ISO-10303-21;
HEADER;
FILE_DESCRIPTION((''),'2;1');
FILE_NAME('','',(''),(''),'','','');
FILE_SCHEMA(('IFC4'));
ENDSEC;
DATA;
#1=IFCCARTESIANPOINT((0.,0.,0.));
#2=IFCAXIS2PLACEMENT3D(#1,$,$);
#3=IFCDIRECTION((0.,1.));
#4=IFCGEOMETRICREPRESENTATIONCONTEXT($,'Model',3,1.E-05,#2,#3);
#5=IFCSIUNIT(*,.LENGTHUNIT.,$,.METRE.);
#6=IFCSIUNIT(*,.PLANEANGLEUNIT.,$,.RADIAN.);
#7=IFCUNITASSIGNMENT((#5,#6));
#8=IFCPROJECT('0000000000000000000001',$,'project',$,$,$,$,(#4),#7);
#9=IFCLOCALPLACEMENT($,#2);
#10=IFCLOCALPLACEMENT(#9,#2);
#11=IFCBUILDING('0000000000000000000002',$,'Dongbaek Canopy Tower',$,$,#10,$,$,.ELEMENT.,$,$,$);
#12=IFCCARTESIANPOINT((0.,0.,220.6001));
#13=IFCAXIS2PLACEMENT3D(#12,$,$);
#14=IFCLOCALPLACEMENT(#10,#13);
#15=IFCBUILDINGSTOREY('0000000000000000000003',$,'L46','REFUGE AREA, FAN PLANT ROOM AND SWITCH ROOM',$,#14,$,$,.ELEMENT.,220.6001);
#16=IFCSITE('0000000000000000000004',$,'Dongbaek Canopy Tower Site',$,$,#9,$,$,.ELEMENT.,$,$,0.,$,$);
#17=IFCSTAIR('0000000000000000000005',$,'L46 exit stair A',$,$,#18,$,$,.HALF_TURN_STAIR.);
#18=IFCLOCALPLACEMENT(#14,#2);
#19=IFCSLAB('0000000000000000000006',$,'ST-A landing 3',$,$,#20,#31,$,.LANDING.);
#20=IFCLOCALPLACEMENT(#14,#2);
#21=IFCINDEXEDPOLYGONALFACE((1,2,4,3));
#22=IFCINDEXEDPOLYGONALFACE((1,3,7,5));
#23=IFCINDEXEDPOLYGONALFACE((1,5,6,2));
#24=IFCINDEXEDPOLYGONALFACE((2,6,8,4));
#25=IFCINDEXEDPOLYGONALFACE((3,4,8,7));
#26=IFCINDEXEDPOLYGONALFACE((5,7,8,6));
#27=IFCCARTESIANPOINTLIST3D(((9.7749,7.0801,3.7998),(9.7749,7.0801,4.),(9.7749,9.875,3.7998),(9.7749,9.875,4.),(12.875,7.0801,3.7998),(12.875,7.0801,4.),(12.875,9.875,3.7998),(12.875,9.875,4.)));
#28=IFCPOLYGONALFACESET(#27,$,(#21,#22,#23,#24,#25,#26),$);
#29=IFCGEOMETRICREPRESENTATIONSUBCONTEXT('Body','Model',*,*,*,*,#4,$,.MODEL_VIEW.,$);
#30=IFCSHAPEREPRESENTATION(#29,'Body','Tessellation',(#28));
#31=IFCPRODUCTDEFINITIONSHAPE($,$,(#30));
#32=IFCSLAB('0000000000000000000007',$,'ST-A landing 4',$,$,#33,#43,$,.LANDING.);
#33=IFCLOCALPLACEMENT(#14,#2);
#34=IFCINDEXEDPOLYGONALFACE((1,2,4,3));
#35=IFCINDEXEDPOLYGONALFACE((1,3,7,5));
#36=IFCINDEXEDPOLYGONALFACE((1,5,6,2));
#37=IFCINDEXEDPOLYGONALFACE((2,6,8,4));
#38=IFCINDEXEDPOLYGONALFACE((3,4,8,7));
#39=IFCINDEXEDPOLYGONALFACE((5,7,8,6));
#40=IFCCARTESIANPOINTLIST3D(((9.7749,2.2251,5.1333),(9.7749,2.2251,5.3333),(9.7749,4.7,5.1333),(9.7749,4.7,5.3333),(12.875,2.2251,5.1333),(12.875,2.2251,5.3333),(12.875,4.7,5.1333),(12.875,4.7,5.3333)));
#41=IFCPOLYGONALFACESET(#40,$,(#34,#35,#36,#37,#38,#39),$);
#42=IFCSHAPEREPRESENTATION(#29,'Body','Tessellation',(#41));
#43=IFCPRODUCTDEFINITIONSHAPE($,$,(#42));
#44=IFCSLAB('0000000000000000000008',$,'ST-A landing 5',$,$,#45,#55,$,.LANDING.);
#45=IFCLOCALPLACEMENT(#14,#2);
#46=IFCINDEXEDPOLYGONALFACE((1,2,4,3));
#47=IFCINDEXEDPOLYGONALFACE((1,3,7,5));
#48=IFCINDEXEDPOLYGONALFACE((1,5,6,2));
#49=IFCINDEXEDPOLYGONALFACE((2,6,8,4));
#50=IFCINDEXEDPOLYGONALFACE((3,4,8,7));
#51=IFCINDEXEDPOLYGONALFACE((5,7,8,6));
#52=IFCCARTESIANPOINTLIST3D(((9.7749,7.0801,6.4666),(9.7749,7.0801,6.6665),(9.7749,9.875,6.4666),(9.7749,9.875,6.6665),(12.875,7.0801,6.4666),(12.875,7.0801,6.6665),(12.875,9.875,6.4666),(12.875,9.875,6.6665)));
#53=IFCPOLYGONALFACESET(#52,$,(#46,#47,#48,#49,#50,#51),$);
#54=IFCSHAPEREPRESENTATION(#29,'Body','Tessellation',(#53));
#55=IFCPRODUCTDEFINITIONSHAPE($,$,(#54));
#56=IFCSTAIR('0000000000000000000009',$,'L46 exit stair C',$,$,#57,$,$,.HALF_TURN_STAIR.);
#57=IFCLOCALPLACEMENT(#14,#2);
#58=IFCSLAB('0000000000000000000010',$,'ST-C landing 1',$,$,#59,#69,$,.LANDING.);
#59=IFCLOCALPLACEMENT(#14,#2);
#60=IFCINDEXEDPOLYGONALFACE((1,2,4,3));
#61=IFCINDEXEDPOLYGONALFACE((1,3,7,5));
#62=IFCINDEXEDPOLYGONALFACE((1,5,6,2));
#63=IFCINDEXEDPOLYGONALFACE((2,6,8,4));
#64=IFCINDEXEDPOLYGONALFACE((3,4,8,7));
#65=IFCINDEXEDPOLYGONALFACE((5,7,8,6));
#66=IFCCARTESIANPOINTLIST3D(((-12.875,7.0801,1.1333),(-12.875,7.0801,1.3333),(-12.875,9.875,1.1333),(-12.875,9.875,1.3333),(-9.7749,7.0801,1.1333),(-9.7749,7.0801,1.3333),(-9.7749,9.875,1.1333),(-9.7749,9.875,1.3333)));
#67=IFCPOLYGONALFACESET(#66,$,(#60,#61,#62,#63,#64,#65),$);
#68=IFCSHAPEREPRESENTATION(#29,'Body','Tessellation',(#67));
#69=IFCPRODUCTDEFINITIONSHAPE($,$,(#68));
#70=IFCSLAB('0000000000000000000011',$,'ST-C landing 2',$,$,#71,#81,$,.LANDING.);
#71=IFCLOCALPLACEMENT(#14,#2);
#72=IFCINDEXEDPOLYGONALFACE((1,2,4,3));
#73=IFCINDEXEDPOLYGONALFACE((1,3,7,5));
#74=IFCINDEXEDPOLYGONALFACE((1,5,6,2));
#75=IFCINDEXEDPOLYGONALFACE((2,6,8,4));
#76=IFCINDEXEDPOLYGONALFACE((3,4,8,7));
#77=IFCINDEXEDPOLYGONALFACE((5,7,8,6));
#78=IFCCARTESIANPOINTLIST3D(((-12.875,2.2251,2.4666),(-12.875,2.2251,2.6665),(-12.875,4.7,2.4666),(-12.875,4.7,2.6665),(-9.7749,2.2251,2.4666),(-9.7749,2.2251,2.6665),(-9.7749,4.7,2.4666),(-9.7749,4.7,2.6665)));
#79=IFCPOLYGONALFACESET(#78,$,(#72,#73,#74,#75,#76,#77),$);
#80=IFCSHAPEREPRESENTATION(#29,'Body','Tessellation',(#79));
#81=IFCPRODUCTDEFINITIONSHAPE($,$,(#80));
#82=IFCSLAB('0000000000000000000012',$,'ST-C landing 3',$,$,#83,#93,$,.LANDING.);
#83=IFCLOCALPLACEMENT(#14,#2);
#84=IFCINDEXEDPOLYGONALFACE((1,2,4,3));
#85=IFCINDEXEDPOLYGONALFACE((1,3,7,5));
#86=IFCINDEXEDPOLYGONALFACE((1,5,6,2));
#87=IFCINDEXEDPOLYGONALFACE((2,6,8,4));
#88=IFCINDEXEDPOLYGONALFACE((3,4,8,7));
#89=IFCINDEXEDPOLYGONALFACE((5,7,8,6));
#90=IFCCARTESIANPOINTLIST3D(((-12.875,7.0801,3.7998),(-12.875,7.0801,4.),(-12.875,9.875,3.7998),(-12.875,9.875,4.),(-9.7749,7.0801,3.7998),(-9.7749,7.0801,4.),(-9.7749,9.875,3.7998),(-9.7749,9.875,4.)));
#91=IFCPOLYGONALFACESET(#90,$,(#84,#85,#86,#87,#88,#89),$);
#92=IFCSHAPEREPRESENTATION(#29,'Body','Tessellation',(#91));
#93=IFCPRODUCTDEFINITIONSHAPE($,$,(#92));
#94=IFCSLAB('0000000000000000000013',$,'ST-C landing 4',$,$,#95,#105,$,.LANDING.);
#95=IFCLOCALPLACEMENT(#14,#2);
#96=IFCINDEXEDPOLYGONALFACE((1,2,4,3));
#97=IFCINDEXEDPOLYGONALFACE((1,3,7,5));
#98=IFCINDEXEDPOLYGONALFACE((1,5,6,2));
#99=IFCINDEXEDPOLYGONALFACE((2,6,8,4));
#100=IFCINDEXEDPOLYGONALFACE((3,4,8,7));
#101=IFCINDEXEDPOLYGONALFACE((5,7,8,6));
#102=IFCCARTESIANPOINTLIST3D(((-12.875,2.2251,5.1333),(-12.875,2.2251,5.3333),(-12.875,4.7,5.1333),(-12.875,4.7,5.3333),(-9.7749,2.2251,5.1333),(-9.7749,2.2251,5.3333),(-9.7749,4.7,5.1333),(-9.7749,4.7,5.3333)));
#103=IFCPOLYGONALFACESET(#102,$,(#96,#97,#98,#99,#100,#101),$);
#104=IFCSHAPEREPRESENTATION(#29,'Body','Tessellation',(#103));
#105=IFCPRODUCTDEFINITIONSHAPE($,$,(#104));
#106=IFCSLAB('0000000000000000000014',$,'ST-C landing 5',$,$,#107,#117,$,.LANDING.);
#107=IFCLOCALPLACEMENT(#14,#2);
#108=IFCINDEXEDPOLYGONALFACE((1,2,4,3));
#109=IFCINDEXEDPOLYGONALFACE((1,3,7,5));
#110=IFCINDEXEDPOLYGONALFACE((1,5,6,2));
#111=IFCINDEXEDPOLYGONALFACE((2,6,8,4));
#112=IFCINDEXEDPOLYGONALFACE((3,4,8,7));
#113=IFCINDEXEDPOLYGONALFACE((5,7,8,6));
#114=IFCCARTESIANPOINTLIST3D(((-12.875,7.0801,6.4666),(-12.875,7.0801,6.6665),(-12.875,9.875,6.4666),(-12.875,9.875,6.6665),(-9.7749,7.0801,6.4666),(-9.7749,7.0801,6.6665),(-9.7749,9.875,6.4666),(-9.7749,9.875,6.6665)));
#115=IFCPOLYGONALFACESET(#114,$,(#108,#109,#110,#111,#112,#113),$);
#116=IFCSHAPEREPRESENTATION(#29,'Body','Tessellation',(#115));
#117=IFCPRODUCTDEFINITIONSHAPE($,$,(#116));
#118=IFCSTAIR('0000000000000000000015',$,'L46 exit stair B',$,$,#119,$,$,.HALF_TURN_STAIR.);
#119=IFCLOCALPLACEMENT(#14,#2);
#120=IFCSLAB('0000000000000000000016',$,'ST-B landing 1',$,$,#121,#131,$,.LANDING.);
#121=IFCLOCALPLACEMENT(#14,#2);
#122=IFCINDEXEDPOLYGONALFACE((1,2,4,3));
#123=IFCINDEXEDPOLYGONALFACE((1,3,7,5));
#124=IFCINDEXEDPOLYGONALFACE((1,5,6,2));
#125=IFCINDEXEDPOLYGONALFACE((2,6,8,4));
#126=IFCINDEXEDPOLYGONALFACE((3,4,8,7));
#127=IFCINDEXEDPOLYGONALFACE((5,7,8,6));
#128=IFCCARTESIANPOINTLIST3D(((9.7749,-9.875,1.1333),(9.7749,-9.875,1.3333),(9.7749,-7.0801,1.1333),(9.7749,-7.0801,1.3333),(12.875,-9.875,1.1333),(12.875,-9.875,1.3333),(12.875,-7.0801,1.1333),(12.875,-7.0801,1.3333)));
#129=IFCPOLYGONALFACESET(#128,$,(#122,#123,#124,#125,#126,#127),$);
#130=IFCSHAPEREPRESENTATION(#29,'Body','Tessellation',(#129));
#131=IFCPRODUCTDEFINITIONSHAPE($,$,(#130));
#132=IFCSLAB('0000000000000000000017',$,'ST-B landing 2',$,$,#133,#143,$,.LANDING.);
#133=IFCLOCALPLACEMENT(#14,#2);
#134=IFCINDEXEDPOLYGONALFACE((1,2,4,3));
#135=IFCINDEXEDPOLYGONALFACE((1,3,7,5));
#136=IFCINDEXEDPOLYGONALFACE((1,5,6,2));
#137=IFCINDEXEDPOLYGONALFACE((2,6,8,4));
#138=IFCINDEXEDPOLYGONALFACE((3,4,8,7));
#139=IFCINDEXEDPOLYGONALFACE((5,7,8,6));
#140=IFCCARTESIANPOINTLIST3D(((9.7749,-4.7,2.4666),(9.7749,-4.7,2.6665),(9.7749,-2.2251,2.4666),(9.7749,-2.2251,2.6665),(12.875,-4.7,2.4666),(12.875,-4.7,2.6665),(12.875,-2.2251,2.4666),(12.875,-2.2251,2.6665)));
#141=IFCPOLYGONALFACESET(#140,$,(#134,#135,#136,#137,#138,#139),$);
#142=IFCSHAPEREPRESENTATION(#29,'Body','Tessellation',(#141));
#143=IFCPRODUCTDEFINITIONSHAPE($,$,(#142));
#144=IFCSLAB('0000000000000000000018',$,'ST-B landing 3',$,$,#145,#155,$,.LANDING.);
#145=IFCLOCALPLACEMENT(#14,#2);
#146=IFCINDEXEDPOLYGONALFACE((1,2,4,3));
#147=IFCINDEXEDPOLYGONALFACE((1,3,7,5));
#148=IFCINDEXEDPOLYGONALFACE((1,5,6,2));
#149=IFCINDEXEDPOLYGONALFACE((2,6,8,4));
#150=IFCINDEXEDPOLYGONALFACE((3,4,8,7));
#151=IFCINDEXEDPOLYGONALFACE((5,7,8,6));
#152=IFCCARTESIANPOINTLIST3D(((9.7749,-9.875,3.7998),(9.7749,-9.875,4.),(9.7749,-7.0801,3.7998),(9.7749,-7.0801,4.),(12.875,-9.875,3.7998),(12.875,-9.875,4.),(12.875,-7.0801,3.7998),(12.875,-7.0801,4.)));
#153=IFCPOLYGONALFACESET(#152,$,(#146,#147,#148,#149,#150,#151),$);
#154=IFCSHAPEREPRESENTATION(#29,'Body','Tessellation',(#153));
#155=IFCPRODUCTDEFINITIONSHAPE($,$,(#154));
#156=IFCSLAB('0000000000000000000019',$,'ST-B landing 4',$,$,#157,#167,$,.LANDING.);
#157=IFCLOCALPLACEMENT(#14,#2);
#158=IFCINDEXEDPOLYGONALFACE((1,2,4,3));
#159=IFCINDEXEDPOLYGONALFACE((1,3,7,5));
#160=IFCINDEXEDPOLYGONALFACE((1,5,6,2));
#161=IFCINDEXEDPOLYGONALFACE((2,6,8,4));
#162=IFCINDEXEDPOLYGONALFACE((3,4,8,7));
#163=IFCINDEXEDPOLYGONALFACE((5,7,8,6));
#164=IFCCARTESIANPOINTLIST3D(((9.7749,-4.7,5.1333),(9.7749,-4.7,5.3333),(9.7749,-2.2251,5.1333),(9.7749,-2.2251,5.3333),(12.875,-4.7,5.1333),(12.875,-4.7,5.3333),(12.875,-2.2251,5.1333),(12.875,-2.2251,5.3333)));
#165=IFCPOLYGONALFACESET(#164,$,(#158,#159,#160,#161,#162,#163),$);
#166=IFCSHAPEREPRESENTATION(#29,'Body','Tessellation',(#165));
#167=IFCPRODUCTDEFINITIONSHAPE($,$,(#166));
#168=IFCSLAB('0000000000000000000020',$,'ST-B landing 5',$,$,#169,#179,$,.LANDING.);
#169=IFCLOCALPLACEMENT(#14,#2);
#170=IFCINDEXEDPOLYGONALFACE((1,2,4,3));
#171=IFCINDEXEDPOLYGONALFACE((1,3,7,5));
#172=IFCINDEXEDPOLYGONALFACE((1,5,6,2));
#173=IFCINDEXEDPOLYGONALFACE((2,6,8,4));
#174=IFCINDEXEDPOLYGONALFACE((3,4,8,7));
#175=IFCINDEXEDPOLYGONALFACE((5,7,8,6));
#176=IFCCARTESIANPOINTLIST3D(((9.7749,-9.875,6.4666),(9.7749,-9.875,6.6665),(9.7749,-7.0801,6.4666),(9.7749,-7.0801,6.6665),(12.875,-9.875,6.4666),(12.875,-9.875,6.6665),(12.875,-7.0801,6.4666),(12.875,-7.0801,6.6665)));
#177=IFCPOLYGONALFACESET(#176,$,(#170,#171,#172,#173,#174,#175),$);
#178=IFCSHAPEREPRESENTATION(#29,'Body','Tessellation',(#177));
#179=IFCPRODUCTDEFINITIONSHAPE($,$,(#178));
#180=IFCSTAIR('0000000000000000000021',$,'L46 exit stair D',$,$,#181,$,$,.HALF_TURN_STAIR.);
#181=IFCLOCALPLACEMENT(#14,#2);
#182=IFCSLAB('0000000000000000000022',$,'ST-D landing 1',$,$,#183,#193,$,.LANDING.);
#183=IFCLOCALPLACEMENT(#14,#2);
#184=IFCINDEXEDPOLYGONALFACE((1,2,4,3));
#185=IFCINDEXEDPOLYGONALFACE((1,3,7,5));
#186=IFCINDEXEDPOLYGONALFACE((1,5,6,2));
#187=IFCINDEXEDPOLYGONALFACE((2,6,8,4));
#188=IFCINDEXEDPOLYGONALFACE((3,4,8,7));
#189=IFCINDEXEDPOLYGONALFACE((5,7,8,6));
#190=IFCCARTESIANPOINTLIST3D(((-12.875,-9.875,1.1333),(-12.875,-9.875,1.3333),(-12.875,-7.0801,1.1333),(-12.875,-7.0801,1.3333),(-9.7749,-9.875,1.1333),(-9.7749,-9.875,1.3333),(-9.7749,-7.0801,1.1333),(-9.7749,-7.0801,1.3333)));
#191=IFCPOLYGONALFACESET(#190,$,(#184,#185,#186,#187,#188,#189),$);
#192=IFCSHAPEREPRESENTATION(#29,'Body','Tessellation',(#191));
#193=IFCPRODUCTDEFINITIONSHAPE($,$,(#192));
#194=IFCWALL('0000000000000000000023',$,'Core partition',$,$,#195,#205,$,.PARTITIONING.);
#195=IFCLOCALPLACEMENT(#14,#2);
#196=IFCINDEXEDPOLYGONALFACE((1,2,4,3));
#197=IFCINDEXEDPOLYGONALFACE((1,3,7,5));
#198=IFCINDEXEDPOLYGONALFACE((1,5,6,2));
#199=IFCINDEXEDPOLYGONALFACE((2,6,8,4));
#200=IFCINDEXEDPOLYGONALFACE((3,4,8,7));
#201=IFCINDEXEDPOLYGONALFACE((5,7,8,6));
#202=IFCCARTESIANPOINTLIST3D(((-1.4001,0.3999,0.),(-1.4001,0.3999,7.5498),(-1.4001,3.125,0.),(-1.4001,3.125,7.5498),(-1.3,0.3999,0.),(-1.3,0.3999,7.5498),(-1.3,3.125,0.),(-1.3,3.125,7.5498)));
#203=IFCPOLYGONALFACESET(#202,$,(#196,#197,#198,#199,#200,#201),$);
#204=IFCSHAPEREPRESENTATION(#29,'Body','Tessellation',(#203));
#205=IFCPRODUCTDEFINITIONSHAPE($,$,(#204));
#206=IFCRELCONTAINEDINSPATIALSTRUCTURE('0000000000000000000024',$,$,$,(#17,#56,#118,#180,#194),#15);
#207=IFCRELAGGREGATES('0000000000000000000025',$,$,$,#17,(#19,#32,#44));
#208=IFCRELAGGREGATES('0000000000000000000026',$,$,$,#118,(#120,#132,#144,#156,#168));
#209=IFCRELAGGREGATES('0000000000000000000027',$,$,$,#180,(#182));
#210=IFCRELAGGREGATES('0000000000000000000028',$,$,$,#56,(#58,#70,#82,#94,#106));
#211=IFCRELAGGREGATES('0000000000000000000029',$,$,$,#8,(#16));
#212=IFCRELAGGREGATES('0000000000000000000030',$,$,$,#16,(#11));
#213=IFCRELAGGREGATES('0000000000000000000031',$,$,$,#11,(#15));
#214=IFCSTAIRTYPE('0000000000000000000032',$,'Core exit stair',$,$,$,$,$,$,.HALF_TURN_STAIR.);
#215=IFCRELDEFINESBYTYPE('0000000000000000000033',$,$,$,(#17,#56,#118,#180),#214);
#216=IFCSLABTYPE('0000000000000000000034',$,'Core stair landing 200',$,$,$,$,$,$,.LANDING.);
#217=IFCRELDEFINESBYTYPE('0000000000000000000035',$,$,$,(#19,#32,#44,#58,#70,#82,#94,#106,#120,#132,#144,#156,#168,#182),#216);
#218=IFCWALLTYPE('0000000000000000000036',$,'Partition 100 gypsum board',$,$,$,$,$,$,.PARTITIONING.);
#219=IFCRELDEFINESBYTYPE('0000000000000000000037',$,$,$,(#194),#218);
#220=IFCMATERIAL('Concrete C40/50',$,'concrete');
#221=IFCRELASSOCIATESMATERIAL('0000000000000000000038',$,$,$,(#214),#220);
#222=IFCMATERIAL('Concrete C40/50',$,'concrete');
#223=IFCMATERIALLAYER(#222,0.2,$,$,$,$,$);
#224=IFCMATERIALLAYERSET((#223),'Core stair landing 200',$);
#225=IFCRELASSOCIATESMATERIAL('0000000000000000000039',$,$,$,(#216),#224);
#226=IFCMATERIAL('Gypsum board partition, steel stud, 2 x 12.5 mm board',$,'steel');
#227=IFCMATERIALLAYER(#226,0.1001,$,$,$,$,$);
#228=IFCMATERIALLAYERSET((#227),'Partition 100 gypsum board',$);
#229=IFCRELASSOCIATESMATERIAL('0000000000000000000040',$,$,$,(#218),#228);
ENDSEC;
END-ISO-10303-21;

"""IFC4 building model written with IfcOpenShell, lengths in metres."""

from ifc_helpers import new_model, si_unit, direction, frame, frame_2d, origin, place, context, subcontext, project, spatial, polyline, rectangle, outline, extrude, material, layer, layer_set, type_object, element, aggregate, save


model = new_model("IFC4")

# Units and contexts
model_context = context("Model", 3, precision=1e-05, world=origin(), true_north=direction((0.0, 1.0)))
body_context = subcontext(model_context, "Body", "Model", "MODEL_VIEW")
ifc_project = project(units=[si_unit("LENGTHUNIT", "METRE"), si_unit("PLANEANGLEUNIT", "RADIAN")], contexts=[model_context])

# Site, building, storey
site_placement = place(None, origin())
site = spatial("IfcSite", under=ifc_project, at=site_placement, Name="Dongbaek Canopy Tower Site", CompositionType="ELEMENT", RefElevation=0.0)
building_placement = place(site_placement, origin())
building = spatial("IfcBuilding", under=site, at=building_placement, Name="Dongbaek Canopy Tower", CompositionType="ELEMENT")
storey_placement = place(building_placement, frame((0.0, 0.0, 220.6001)))
storey = spatial("IfcBuildingStorey", under=building, at=storey_placement, Name="L46", Description="REFUGE AREA, FAN PLANT ROOM AND SWITCH ROOM", CompositionType="ELEMENT", Elevation=220.6001)

# Stairs, slabs
ifc_material_1 = material(Name="Concrete C40/50", Category="concrete")
stair_type = type_object("IfcStairType", Name="Core exit stair", PredefinedType="HALF_TURN_STAIR", material=ifc_material_1)
stair_1_placement = place(storey_placement, origin())
stair_1 = element("IfcStair", 1, at=stair_1_placement, inside=storey, type_object=stair_type, Name="L46 exit stair A", PredefinedType="HALF_TURN_STAIR")
ifc_material_2 = material(Name="Concrete C40/50", Category="concrete")
ifc_layer_1 = layer(ifc_material_2, 0.2)
ifc_layer_set_1 = layer_set([ifc_layer_1], Name="Core stair landing 200")
slab_type = type_object("IfcSlabType", Name="Core stair landing 200", PredefinedType="LANDING", material=ifc_layer_set_1)
slab_1_placement = place(storey_placement, frame((0.0, 0.0, 3.7998)))
slab_1 = element("IfcSlab", 2, at=slab_1_placement, type_object=slab_type, Name="ST-A landing 3", PredefinedType="LANDING", context=body_context, shape_type="SweptSolid", body=[
    extrude(outline(polyline([(12.875, 7.0801), (12.875, 9.875), (9.7749, 9.875), (9.7749, 7.0801), (12.875, 7.0801)])), origin(), (0.0, 0.0, 1.0), 0.2002),
])
slab_2_placement = place(storey_placement, frame((0.0, 0.0, 5.1333)))
slab_2 = element("IfcSlab", 3, at=slab_2_placement, type_object=slab_type, Name="ST-A landing 4", PredefinedType="LANDING", context=body_context, shape_type="SweptSolid", body=[
    extrude(outline(polyline([(12.875, 2.2251), (12.875, 4.7), (9.7749, 4.7), (9.7749, 2.2251), (12.875, 2.2251)])), origin(), (0.0, 0.0, 1.0), 0.2),
])
slab_3_placement = place(storey_placement, frame((0.0, 0.0, 6.4666)))
slab_3 = element("IfcSlab", 4, at=slab_3_placement, type_object=slab_type, Name="ST-A landing 5", PredefinedType="LANDING", context=body_context, shape_type="SweptSolid", body=[
    extrude(outline(polyline([(12.875, 7.0801), (12.875, 9.875), (9.7749, 9.875), (9.7749, 7.0801), (12.875, 7.0801)])), origin(), (0.0, 0.0, 1.0), 0.2),
])
aggregate(stair_1, [slab_1, slab_2, slab_3])
stair_2_placement = place(storey_placement, origin())
stair_2 = element("IfcStair", 5, at=stair_2_placement, inside=storey, type_object=stair_type, Name="L46 exit stair C", PredefinedType="HALF_TURN_STAIR")
slab_4_placement = place(storey_placement, frame((0.0, 0.0, 1.1333)))
slab_4 = element("IfcSlab", 6, at=slab_4_placement, type_object=slab_type, Name="ST-C landing 1", PredefinedType="LANDING", context=body_context, shape_type="SweptSolid", body=[
    extrude(outline(polyline([(-9.7749, 7.0801), (-9.7749, 9.875), (-12.875, 9.875), (-12.875, 7.0801), (-9.7749, 7.0801)])), origin(), (0.0, 0.0, 1.0), 0.2),
])
slab_5_placement = place(storey_placement, frame((0.0, 0.0, 2.4666)))
slab_5 = element("IfcSlab", 7, at=slab_5_placement, type_object=slab_type, Name="ST-C landing 2", PredefinedType="LANDING", context=body_context, shape_type="SweptSolid", body=[
    extrude(outline(polyline([(-9.7749, 2.2251), (-9.7749, 4.7), (-12.875, 4.7), (-12.875, 2.2251), (-9.7749, 2.2251)])), origin(), (0.0, 0.0, 1.0), 0.2),
])
slab_6_placement = place(storey_placement, frame((0.0, 0.0, 3.7998)))
slab_6 = element("IfcSlab", 8, at=slab_6_placement, type_object=slab_type, Name="ST-C landing 3", PredefinedType="LANDING", context=body_context, shape_type="SweptSolid", body=[
    extrude(outline(polyline([(-9.7749, 7.0801), (-9.7749, 9.875), (-12.875, 9.875), (-12.875, 7.0801), (-9.7749, 7.0801)])), origin(), (0.0, 0.0, 1.0), 0.2002),
])
slab_7_placement = place(storey_placement, frame((0.0, 0.0, 5.1333)))
slab_7 = element("IfcSlab", 9, at=slab_7_placement, type_object=slab_type, Name="ST-C landing 4", PredefinedType="LANDING", context=body_context, shape_type="SweptSolid", body=[
    extrude(outline(polyline([(-9.7749, 2.2251), (-9.7749, 4.7), (-12.875, 4.7), (-12.875, 2.2251), (-9.7749, 2.2251)])), origin(), (0.0, 0.0, 1.0), 0.2),
])
slab_8_placement = place(storey_placement, frame((0.0, 0.0, 6.4666)))
slab_8 = element("IfcSlab", 10, at=slab_8_placement, type_object=slab_type, Name="ST-C landing 5", PredefinedType="LANDING", context=body_context, shape_type="SweptSolid", body=[
    extrude(outline(polyline([(-9.7749, 7.0801), (-9.7749, 9.875), (-12.875, 9.875), (-12.875, 7.0801), (-9.7749, 7.0801)])), origin(), (0.0, 0.0, 1.0), 0.2),
])
stair_3_placement = place(storey_placement, origin())
stair_3 = element("IfcStair", 11, at=stair_3_placement, inside=storey, type_object=stair_type, Name="L46 exit stair B", PredefinedType="HALF_TURN_STAIR")
slab_9_placement = place(storey_placement, frame((0.0, 0.0, 1.1333)))
slab_9 = element("IfcSlab", 12, at=slab_9_placement, type_object=slab_type, Name="ST-B landing 1", PredefinedType="LANDING", context=body_context, shape_type="SweptSolid", body=[
    extrude(outline(polyline([(9.7749, -7.0801), (9.7749, -9.875), (12.875, -9.875), (12.875, -7.0801), (9.7749, -7.0801)])), origin(), (0.0, 0.0, 1.0), 0.2),
])
slab_10_placement = place(storey_placement, frame((0.0, 0.0, 2.4666)))
slab_10 = element("IfcSlab", 13, at=slab_10_placement, type_object=slab_type, Name="ST-B landing 2", PredefinedType="LANDING", context=body_context, shape_type="SweptSolid", body=[
    extrude(outline(polyline([(9.7749, -2.2251), (9.7749, -4.7), (12.875, -4.7), (12.875, -2.2251), (9.7749, -2.2251)])), origin(), (0.0, 0.0, 1.0), 0.2),
])
slab_11_placement = place(storey_placement, frame((0.0, 0.0, 3.7998)))
slab_11 = element("IfcSlab", 14, at=slab_11_placement, type_object=slab_type, Name="ST-B landing 3", PredefinedType="LANDING", context=body_context, shape_type="SweptSolid", body=[
    extrude(outline(polyline([(9.7749, -7.0801), (9.7749, -9.875), (12.875, -9.875), (12.875, -7.0801), (9.7749, -7.0801)])), origin(), (0.0, 0.0, 1.0), 0.2002),
])
slab_12_placement = place(storey_placement, frame((0.0, 0.0, 5.1333)))
slab_12 = element("IfcSlab", 15, at=slab_12_placement, type_object=slab_type, Name="ST-B landing 4", PredefinedType="LANDING", context=body_context, shape_type="SweptSolid", body=[
    extrude(outline(polyline([(9.7749, -2.2251), (9.7749, -4.7), (12.875, -4.7), (12.875, -2.2251), (9.7749, -2.2251)])), origin(), (0.0, 0.0, 1.0), 0.2),
])
slab_13_placement = place(storey_placement, frame((0.0, 0.0, 6.4666)))
slab_13 = element("IfcSlab", 16, at=slab_13_placement, type_object=slab_type, Name="ST-B landing 5", PredefinedType="LANDING", context=body_context, shape_type="SweptSolid", body=[
    extrude(outline(polyline([(9.7749, -7.0801), (9.7749, -9.875), (12.875, -9.875), (12.875, -7.0801), (9.7749, -7.0801)])), origin(), (0.0, 0.0, 1.0), 0.2),
])
aggregate(stair_3, [slab_9, slab_10, slab_11, slab_12, slab_13])

# Stair, slab
stair_4_placement = place(storey_placement, origin())
stair_4 = element("IfcStair", 17, at=stair_4_placement, inside=storey, type_object=stair_type, Name="L46 exit stair D", PredefinedType="HALF_TURN_STAIR")
slab_14_placement = place(storey_placement, frame((0.0, 0.0, 1.1333)))
slab_14 = element("IfcSlab", 18, at=slab_14_placement, type_object=slab_type, Name="ST-D landing 1", PredefinedType="LANDING", context=body_context, shape_type="SweptSolid", body=[
    extrude(outline(polyline([(-12.875, -7.0801), (-12.875, -9.875), (-9.7749, -9.875), (-9.7749, -7.0801), (-12.875, -7.0801)])), origin(), (0.0, 0.0, 1.0), 0.2),
])
aggregate(stair_4, [slab_14])

# Wall
ifc_material_3 = material(Name="Gypsum board partition, steel stud, 2 x 12.5 mm board", Category="steel")
ifc_layer_2 = layer(ifc_material_3, 0.1001)
ifc_layer_set_2 = layer_set([ifc_layer_2], Name="Partition 100 gypsum board")
wall_type_1 = type_object("IfcWallType", Name="Partition 100 gypsum board", PredefinedType="PARTITIONING", material=ifc_layer_set_2)
wall_1_placement = place(storey_placement, frame((-1.3501, 0.3999, 0.0), z_axis=(0.0, 0.0, 1.0), x_axis=(0.0, 1.0, 0.0)))
element("IfcWall", 19, at=wall_1_placement, inside=storey, type_object=wall_type_1, Name="Core partition", PredefinedType="PARTITIONING", context=body_context, shape_type="SweptSolid", body=[
    extrude(rectangle(XDim=2.7251, YDim=0.1001, at=frame_2d((1.3625, 0.0))), origin(), (0.0, 0.0, 1.0), 7.5498),
])

aggregate(stair_2, [slab_4, slab_5, slab_6, slab_7, slab_8])

save(model, "model.ifc")
